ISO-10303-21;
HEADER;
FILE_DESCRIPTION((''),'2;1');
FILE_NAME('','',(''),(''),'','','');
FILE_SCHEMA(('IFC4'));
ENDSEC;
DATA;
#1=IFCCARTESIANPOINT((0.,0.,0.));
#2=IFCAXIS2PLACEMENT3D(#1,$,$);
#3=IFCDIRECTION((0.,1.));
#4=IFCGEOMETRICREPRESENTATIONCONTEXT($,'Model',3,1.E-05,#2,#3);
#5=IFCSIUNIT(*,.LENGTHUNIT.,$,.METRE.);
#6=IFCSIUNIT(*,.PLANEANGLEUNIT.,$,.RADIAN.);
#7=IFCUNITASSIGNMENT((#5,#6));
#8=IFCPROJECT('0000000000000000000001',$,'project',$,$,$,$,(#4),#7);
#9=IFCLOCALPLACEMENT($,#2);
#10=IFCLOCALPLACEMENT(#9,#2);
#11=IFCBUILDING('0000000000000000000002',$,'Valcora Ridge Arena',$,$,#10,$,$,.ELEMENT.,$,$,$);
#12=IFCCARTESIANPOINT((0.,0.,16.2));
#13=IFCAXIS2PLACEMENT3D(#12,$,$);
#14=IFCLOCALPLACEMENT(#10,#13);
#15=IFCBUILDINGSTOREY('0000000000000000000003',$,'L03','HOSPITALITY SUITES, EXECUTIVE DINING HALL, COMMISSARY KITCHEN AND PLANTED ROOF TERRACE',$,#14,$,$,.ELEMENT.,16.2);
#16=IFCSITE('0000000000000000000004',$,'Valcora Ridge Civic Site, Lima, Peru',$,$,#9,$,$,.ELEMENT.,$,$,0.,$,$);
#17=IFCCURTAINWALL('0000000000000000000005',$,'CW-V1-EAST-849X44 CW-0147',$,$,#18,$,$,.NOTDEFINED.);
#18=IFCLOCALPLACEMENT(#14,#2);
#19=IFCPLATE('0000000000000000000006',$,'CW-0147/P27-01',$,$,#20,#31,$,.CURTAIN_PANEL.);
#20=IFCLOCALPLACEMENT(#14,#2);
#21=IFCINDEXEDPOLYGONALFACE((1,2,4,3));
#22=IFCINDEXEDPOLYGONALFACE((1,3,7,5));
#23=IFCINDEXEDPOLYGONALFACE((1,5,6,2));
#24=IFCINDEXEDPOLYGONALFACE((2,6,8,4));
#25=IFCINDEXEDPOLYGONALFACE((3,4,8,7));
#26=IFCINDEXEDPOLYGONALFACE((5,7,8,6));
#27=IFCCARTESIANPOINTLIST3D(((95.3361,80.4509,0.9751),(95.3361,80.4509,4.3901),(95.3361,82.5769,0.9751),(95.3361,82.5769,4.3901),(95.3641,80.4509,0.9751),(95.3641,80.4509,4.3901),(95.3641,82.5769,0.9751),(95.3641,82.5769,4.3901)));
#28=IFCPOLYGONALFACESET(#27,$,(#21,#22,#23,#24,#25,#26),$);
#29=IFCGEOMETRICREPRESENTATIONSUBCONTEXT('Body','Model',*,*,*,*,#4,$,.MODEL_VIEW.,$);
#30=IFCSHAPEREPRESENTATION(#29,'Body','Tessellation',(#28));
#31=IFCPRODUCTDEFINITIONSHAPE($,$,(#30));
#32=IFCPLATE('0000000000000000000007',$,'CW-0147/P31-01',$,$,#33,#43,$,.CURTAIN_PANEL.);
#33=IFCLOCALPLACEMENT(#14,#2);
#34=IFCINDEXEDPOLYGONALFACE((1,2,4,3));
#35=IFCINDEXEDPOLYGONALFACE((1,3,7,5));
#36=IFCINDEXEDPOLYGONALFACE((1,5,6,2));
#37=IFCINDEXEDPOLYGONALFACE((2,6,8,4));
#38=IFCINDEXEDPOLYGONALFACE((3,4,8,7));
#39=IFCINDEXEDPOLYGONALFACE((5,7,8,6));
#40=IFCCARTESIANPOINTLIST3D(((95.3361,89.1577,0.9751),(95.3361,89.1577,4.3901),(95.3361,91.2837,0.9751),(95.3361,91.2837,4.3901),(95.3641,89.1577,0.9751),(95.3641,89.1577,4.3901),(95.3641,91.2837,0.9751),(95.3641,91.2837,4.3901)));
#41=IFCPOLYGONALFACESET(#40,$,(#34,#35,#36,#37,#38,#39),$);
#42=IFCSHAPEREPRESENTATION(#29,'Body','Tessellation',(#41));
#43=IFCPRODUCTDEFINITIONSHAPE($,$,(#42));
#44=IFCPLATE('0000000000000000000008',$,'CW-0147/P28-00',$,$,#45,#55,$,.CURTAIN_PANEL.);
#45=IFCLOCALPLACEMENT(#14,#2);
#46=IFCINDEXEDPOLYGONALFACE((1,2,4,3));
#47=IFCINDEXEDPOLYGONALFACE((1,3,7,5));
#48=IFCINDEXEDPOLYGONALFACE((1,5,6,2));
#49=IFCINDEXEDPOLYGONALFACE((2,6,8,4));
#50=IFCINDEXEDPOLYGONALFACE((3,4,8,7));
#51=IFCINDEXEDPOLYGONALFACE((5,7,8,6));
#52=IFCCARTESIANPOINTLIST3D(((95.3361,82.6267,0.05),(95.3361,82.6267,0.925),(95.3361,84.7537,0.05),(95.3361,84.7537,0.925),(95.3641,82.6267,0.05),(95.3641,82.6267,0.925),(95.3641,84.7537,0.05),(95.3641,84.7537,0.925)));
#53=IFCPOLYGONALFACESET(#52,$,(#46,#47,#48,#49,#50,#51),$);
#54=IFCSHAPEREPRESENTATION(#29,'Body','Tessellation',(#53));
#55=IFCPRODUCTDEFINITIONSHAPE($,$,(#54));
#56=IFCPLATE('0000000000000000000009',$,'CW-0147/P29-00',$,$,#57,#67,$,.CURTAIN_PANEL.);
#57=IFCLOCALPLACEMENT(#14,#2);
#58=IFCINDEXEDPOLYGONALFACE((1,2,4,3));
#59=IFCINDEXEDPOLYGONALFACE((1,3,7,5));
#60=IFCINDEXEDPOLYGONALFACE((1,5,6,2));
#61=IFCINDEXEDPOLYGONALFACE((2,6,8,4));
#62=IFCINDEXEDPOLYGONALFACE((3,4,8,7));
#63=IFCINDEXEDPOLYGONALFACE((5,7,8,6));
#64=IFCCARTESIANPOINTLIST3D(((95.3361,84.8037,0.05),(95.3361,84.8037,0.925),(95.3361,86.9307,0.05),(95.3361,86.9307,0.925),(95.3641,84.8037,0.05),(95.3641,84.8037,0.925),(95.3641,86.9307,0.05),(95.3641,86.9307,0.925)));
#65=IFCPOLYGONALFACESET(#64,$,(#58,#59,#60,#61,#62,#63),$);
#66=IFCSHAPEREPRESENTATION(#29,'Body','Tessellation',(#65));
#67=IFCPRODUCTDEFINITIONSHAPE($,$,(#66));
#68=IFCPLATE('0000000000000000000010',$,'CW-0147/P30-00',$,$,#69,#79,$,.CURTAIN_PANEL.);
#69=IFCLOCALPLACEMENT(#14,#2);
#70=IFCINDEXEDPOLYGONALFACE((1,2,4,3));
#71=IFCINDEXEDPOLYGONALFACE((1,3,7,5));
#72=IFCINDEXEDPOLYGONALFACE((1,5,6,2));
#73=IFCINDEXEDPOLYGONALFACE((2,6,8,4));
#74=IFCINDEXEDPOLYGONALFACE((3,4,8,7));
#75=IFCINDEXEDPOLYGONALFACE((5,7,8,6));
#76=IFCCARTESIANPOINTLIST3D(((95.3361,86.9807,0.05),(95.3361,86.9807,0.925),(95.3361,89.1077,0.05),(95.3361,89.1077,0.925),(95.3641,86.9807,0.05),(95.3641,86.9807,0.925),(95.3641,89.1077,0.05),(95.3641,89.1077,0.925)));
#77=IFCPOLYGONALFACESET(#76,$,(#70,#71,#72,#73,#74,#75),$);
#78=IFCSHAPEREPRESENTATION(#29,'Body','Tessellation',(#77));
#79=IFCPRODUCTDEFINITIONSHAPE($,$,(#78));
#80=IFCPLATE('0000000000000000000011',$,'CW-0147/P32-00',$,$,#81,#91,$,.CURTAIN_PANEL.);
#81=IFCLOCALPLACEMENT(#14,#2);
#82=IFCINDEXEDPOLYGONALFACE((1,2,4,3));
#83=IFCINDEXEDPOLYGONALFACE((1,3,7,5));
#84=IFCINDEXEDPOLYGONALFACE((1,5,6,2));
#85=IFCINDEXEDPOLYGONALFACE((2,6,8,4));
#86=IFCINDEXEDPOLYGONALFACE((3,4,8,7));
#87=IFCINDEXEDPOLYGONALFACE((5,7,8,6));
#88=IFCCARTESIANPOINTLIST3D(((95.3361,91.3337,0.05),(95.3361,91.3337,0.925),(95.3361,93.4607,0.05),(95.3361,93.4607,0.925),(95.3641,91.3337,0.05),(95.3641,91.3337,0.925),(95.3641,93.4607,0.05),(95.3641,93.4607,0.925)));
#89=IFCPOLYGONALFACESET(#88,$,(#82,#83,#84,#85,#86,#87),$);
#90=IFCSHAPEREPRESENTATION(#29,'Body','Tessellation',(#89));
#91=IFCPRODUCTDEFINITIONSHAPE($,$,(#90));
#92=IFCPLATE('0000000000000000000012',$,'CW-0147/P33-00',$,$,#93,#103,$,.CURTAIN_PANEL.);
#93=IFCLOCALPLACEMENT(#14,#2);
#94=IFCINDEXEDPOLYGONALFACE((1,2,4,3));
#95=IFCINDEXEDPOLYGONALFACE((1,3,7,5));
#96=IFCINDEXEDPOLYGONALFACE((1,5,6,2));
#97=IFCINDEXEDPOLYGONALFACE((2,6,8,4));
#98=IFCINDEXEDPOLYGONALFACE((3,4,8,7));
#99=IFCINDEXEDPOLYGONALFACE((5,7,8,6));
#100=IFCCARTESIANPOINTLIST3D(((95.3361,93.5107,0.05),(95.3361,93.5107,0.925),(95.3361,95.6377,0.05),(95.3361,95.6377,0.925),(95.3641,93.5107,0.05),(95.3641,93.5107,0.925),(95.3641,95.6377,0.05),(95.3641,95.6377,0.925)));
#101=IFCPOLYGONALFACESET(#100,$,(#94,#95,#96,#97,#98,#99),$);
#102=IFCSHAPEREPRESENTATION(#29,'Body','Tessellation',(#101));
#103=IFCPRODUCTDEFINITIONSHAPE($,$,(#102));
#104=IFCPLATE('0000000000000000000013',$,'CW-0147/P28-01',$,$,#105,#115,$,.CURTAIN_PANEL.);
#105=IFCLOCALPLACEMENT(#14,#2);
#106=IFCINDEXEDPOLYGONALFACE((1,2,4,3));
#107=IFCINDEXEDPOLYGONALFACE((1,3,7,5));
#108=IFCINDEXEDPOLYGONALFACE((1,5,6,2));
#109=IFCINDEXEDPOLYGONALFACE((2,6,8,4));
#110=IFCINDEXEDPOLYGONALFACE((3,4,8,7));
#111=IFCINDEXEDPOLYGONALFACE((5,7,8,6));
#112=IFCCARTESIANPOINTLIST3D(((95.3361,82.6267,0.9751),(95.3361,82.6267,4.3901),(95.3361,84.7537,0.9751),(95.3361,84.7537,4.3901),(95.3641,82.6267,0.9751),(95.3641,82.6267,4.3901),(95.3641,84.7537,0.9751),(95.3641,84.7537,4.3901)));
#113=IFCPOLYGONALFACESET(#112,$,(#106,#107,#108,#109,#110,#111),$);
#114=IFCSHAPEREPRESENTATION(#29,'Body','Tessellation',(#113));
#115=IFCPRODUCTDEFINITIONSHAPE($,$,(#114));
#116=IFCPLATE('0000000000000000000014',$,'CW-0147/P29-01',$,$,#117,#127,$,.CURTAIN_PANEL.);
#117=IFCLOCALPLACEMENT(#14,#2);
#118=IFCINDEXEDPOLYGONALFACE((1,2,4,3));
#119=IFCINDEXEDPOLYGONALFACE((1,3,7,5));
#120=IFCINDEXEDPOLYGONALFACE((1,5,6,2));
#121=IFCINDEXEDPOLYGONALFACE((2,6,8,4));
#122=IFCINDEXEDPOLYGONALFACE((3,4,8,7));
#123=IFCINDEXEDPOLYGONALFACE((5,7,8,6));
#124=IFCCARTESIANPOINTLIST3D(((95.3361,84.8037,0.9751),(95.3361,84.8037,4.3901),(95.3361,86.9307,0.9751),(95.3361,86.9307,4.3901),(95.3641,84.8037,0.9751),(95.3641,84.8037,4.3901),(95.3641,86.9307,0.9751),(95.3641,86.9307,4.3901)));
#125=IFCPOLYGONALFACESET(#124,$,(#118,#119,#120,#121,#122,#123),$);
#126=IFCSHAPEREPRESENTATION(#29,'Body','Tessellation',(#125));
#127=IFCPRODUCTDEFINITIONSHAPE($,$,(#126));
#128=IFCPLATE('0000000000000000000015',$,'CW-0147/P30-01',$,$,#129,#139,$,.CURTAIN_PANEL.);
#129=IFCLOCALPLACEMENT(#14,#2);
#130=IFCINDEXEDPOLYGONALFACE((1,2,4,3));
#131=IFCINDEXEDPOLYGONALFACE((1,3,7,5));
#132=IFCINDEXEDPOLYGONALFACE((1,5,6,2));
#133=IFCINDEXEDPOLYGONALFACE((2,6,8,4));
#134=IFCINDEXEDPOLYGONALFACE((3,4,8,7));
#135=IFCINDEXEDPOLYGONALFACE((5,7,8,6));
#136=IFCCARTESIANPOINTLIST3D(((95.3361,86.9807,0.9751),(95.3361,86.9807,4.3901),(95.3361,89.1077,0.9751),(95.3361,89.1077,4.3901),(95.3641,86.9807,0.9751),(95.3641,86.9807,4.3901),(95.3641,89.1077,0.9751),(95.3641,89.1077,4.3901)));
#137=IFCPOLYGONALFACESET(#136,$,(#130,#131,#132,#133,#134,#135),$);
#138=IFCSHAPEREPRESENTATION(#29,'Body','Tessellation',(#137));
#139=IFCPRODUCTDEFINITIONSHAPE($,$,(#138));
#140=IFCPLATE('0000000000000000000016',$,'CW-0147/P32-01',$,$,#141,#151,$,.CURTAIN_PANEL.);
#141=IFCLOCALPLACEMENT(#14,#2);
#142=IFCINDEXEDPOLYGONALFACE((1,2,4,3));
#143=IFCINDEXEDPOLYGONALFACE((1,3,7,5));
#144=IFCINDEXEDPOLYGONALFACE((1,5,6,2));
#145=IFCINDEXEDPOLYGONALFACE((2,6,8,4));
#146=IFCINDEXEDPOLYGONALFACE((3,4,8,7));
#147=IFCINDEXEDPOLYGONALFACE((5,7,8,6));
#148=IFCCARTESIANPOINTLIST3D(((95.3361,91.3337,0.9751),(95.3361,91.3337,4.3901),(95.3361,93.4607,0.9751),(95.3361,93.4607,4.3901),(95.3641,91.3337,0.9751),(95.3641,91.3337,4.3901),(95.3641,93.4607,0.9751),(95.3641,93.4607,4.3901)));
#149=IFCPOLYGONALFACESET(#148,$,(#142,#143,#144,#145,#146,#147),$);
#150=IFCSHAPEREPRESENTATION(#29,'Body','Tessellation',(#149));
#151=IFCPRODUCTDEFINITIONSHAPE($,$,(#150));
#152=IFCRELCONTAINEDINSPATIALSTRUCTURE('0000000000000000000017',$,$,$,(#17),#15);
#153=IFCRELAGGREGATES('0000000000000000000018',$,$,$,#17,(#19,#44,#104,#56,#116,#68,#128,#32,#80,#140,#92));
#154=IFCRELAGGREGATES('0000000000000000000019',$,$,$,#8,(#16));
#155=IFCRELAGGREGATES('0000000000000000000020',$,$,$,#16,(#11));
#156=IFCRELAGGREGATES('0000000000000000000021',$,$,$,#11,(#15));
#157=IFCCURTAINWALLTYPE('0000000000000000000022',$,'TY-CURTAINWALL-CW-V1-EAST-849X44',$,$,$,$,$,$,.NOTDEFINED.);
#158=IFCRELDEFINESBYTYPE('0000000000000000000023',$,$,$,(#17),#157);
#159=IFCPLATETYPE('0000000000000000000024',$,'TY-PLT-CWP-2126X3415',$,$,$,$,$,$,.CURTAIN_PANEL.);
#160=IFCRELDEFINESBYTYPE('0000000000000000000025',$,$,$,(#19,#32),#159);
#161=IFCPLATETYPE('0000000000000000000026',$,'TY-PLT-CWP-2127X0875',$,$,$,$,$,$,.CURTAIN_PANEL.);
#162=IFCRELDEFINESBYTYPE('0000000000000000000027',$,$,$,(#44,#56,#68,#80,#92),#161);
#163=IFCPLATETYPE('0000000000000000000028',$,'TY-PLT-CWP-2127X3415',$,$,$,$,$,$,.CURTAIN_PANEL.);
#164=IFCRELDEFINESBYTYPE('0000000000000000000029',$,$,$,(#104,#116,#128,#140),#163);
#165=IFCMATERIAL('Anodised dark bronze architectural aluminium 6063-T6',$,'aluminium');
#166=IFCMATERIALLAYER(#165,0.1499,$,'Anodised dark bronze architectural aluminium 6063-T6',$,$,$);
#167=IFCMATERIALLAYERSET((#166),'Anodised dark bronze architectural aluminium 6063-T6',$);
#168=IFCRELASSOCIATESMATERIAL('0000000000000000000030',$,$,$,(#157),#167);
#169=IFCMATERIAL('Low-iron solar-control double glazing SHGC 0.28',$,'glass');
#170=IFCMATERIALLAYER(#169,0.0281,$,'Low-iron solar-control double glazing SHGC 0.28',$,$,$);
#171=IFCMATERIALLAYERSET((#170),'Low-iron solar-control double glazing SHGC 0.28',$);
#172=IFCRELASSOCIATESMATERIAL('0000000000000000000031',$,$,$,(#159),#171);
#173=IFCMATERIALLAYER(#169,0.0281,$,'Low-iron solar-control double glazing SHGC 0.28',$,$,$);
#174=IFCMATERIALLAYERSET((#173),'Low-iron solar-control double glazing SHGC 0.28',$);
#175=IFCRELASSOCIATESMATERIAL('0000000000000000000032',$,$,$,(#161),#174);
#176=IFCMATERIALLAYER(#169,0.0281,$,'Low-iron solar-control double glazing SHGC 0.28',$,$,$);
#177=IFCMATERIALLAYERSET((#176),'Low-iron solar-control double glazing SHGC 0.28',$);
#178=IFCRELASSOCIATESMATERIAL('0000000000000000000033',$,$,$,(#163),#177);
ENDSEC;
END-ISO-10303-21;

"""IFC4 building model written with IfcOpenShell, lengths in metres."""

from ifc_helpers import new_model, si_unit, direction, frame, origin, origin_2d, place, context, subcontext, project, spatial, rectangle, extrude, material, layer, layer_set, type_object, element, aggregate, save


model = new_model("IFC4")

# Units and contexts
model_context = context("Model", 3, precision=1e-05, world=origin(), true_north=direction((0.0, 1.0)))
body_context = subcontext(model_context, "Body", "Model", "MODEL_VIEW")
ifc_project = project(units=[si_unit("LENGTHUNIT", "METRE"), si_unit("PLANEANGLEUNIT", "RADIAN")], contexts=[model_context])

# Site, building, storey
site_placement = place(None, origin())
site = spatial("IfcSite", under=ifc_project, at=site_placement, Name="Valcora Ridge Civic Site, Lima, Peru", CompositionType="ELEMENT", RefElevation=0.0)
building_placement = place(site_placement, origin())
building = spatial("IfcBuilding", under=site, at=building_placement, Name="Valcora Ridge Arena", CompositionType="ELEMENT")
storey_placement = place(building_placement, frame((0.0, 0.0, 16.2)))
storey = spatial("IfcBuildingStorey", under=building, at=storey_placement, Name="L03", Description="HOSPITALITY SUITES, EXECUTIVE DINING HALL, COMMISSARY KITCHEN AND PLANTED ROOF TERRACE", CompositionType="ELEMENT", Elevation=16.2)

# Curtain wall
ifc_material_1 = material(Name="Anodised dark bronze architectural aluminium 6063-T6", Category="aluminium")
ifc_layer_1 = layer(ifc_material_1, 0.1499, Name="Anodised dark bronze architectural aluminium 6063-T6")
ifc_layer_set_1 = layer_set([ifc_layer_1], Name="Anodised dark bronze architectural aluminium 6063-T6")
curtain_wall_type = type_object("IfcCurtainWallType", Name="TY-CURTAINWALL-CW-V1-EAST-849X44", PredefinedType="NOTDEFINED", material=ifc_layer_set_1)
curtain_wall_placement = place(storey_placement, origin())
curtain_wall = element("IfcCurtainWall", 1, at=curtain_wall_placement, inside=storey, type_object=curtain_wall_type, Name="CW-V1-EAST-849X44 CW-0147", PredefinedType="NOTDEFINED")

# Plates
ifc_material_2 = material(Name="Low-iron solar-control double glazing SHGC 0.28", Category="glass")
ifc_layer_2 = layer(ifc_material_2, 0.0281, Name="Low-iron solar-control double glazing SHGC 0.28")
ifc_layer_set_2 = layer_set([ifc_layer_2], Name="Low-iron solar-control double glazing SHGC 0.28")
plate_type_1 = type_object("IfcPlateType", Name="TY-PLT-CWP-2126X3415", PredefinedType="CURTAIN_PANEL", material=ifc_layer_set_2)
plate_1_placement = place(storey_placement, frame((95.3501, 81.5139, 0.9751), z_axis=(0.0, 0.0, 1.0), x_axis=(0.0, 1.0, 0.0)))
plate_1 = element("IfcPlate", 2, at=plate_1_placement, type_object=plate_type_1, Name="CW-0147/P27-01", PredefinedType="CURTAIN_PANEL", context=body_context, shape_type="SweptSolid", body=[
    extrude(rectangle(XDim=2.126, YDim=0.0281, at=origin_2d()), origin(), (0.0, 0.0, 1.0), 3.415),
])
plate_2_placement = place(storey_placement, frame((95.3501, 90.2207, 0.9751), z_axis=(0.0, 0.0, 1.0), x_axis=(0.0, 1.0, 0.0)))
plate_2 = element("IfcPlate", 3, at=plate_2_placement, type_object=plate_type_1, Name="CW-0147/P31-01", PredefinedType="CURTAIN_PANEL", context=body_context, shape_type="SweptSolid", body=[
    extrude(rectangle(XDim=2.126, YDim=0.0281, at=origin_2d()), origin(), (0.0, 0.0, 1.0), 3.415),
])
ifc_layer_3 = layer(ifc_material_2, 0.0281, Name="Low-iron solar-control double glazing SHGC 0.28")
ifc_layer_set_3 = layer_set([ifc_layer_3], Name="Low-iron solar-control double glazing SHGC 0.28")
plate_type_2 = type_object("IfcPlateType", Name="TY-PLT-CWP-2127X0875", PredefinedType="CURTAIN_PANEL", material=ifc_layer_set_3)
plate_3_placement = place(storey_placement, frame((95.3501, 83.6902, 0.05), z_axis=(0.0, 0.0, 1.0), x_axis=(0.0, 1.0, 0.0)))
plate_3 = element("IfcPlate", 4, at=plate_3_placement, type_object=plate_type_2, Name="CW-0147/P28-00", PredefinedType="CURTAIN_PANEL", context=body_context, shape_type="SweptSolid", body=[
    extrude(rectangle(XDim=2.127, YDim=0.0281, at=origin_2d()), origin(), (0.0, 0.0, 1.0), 0.875),
])
plate_4_placement = place(storey_placement, frame((95.3501, 85.8672, 0.05), z_axis=(0.0, 0.0, 1.0), x_axis=(0.0, 1.0, 0.0)))
plate_4 = element("IfcPlate", 5, at=plate_4_placement, type_object=plate_type_2, Name="CW-0147/P29-00", PredefinedType="CURTAIN_PANEL", context=body_context, shape_type="SweptSolid", body=[
    extrude(rectangle(XDim=2.127, YDim=0.0281, at=origin_2d()), origin(), (0.0, 0.0, 1.0), 0.875),
])
plate_5_placement = place(storey_placement, frame((95.3501, 88.0442, 0.05), z_axis=(0.0, 0.0, 1.0), x_axis=(0.0, 1.0, 0.0)))
plate_5 = element("IfcPlate", 6, at=plate_5_placement, type_object=plate_type_2, Name="CW-0147/P30-00", PredefinedType="CURTAIN_PANEL", context=body_context, shape_type="SweptSolid", body=[
    extrude(rectangle(XDim=2.127, YDim=0.0281, at=origin_2d()), origin(), (0.0, 0.0, 1.0), 0.875),
])
plate_6_placement = place(storey_placement, frame((95.3501, 92.3972, 0.05), z_axis=(0.0, 0.0, 1.0), x_axis=(0.0, 1.0, 0.0)))
plate_6 = element("IfcPlate", 7, at=plate_6_placement, type_object=plate_type_2, Name="CW-0147/P32-00", PredefinedType="CURTAIN_PANEL", context=body_context, shape_type="SweptSolid", body=[
    extrude(rectangle(XDim=2.127, YDim=0.0281, at=origin_2d()), origin(), (0.0, 0.0, 1.0), 0.875),
])
plate_7_placement = place(storey_placement, frame((95.3501, 94.5742, 0.05), z_axis=(0.0, 0.0, 1.0), x_axis=(0.0, 1.0, 0.0)))
plate_7 = element("IfcPlate", 8, at=plate_7_placement, type_object=plate_type_2, Name="CW-0147/P33-00", PredefinedType="CURTAIN_PANEL", context=body_context, shape_type="SweptSolid", body=[
    extrude(rectangle(XDim=2.127, YDim=0.0281, at=origin_2d()), origin(), (0.0, 0.0, 1.0), 0.875),
])
ifc_layer_4 = layer(ifc_material_2, 0.0281, Name="Low-iron solar-control double glazing SHGC 0.28")
ifc_layer_set_4 = layer_set([ifc_layer_4], Name="Low-iron solar-control double glazing SHGC 0.28")
plate_type_3 = type_object("IfcPlateType", Name="TY-PLT-CWP-2127X3415", PredefinedType="CURTAIN_PANEL", material=ifc_layer_set_4)
plate_8_placement = place(storey_placement, frame((95.3501, 83.6902, 0.9751), z_axis=(0.0, 0.0, 1.0), x_axis=(0.0, 1.0, 0.0)))
plate_8 = element("IfcPlate", 9, at=plate_8_placement, type_object=plate_type_3, Name="CW-0147/P28-01", PredefinedType="CURTAIN_PANEL", context=body_context, shape_type="SweptSolid", body=[
    extrude(rectangle(XDim=2.127, YDim=0.0281, at=origin_2d()), origin(), (0.0, 0.0, 1.0), 3.415),
])
plate_9_placement = place(storey_placement, frame((95.3501, 85.8672, 0.9751), z_axis=(0.0, 0.0, 1.0), x_axis=(0.0, 1.0, 0.0)))
plate_9 = element("IfcPlate", 10, at=plate_9_placement, type_object=plate_type_3, Name="CW-0147/P29-01", PredefinedType="CURTAIN_PANEL", context=body_context, shape_type="SweptSolid", body=[
    extrude(rectangle(XDim=2.127, YDim=0.0281, at=origin_2d()), origin(), (0.0, 0.0, 1.0), 3.415),
])
plate_10_placement = place(storey_placement, frame((95.3501, 88.0442, 0.9751), z_axis=(0.0, 0.0, 1.0), x_axis=(0.0, 1.0, 0.0)))
plate_10 = element("IfcPlate", 11, at=plate_10_placement, type_object=plate_type_3, Name="CW-0147/P30-01", PredefinedType="CURTAIN_PANEL", context=body_context, shape_type="SweptSolid", body=[
    extrude(rectangle(XDim=2.127, YDim=0.0281, at=origin_2d()), origin(), (0.0, 0.0, 1.0), 3.415),
])
plate_11_placement = place(storey_placement, frame((95.3501, 92.3972, 0.9751), z_axis=(0.0, 0.0, 1.0), x_axis=(0.0, 1.0, 0.0)))
plate_11 = element("IfcPlate", 12, at=plate_11_placement, type_object=plate_type_3, Name="CW-0147/P32-01", PredefinedType="CURTAIN_PANEL", context=body_context, shape_type="SweptSolid", body=[
    extrude(rectangle(XDim=2.127, YDim=0.0281, at=origin_2d()), origin(), (0.0, 0.0, 1.0), 3.415),
])
aggregate(curtain_wall, [plate_1, plate_3, plate_8, plate_4, plate_9, plate_5, plate_10, plate_2, plate_6, plate_11, plate_7])

save(model, "model.ifc")
